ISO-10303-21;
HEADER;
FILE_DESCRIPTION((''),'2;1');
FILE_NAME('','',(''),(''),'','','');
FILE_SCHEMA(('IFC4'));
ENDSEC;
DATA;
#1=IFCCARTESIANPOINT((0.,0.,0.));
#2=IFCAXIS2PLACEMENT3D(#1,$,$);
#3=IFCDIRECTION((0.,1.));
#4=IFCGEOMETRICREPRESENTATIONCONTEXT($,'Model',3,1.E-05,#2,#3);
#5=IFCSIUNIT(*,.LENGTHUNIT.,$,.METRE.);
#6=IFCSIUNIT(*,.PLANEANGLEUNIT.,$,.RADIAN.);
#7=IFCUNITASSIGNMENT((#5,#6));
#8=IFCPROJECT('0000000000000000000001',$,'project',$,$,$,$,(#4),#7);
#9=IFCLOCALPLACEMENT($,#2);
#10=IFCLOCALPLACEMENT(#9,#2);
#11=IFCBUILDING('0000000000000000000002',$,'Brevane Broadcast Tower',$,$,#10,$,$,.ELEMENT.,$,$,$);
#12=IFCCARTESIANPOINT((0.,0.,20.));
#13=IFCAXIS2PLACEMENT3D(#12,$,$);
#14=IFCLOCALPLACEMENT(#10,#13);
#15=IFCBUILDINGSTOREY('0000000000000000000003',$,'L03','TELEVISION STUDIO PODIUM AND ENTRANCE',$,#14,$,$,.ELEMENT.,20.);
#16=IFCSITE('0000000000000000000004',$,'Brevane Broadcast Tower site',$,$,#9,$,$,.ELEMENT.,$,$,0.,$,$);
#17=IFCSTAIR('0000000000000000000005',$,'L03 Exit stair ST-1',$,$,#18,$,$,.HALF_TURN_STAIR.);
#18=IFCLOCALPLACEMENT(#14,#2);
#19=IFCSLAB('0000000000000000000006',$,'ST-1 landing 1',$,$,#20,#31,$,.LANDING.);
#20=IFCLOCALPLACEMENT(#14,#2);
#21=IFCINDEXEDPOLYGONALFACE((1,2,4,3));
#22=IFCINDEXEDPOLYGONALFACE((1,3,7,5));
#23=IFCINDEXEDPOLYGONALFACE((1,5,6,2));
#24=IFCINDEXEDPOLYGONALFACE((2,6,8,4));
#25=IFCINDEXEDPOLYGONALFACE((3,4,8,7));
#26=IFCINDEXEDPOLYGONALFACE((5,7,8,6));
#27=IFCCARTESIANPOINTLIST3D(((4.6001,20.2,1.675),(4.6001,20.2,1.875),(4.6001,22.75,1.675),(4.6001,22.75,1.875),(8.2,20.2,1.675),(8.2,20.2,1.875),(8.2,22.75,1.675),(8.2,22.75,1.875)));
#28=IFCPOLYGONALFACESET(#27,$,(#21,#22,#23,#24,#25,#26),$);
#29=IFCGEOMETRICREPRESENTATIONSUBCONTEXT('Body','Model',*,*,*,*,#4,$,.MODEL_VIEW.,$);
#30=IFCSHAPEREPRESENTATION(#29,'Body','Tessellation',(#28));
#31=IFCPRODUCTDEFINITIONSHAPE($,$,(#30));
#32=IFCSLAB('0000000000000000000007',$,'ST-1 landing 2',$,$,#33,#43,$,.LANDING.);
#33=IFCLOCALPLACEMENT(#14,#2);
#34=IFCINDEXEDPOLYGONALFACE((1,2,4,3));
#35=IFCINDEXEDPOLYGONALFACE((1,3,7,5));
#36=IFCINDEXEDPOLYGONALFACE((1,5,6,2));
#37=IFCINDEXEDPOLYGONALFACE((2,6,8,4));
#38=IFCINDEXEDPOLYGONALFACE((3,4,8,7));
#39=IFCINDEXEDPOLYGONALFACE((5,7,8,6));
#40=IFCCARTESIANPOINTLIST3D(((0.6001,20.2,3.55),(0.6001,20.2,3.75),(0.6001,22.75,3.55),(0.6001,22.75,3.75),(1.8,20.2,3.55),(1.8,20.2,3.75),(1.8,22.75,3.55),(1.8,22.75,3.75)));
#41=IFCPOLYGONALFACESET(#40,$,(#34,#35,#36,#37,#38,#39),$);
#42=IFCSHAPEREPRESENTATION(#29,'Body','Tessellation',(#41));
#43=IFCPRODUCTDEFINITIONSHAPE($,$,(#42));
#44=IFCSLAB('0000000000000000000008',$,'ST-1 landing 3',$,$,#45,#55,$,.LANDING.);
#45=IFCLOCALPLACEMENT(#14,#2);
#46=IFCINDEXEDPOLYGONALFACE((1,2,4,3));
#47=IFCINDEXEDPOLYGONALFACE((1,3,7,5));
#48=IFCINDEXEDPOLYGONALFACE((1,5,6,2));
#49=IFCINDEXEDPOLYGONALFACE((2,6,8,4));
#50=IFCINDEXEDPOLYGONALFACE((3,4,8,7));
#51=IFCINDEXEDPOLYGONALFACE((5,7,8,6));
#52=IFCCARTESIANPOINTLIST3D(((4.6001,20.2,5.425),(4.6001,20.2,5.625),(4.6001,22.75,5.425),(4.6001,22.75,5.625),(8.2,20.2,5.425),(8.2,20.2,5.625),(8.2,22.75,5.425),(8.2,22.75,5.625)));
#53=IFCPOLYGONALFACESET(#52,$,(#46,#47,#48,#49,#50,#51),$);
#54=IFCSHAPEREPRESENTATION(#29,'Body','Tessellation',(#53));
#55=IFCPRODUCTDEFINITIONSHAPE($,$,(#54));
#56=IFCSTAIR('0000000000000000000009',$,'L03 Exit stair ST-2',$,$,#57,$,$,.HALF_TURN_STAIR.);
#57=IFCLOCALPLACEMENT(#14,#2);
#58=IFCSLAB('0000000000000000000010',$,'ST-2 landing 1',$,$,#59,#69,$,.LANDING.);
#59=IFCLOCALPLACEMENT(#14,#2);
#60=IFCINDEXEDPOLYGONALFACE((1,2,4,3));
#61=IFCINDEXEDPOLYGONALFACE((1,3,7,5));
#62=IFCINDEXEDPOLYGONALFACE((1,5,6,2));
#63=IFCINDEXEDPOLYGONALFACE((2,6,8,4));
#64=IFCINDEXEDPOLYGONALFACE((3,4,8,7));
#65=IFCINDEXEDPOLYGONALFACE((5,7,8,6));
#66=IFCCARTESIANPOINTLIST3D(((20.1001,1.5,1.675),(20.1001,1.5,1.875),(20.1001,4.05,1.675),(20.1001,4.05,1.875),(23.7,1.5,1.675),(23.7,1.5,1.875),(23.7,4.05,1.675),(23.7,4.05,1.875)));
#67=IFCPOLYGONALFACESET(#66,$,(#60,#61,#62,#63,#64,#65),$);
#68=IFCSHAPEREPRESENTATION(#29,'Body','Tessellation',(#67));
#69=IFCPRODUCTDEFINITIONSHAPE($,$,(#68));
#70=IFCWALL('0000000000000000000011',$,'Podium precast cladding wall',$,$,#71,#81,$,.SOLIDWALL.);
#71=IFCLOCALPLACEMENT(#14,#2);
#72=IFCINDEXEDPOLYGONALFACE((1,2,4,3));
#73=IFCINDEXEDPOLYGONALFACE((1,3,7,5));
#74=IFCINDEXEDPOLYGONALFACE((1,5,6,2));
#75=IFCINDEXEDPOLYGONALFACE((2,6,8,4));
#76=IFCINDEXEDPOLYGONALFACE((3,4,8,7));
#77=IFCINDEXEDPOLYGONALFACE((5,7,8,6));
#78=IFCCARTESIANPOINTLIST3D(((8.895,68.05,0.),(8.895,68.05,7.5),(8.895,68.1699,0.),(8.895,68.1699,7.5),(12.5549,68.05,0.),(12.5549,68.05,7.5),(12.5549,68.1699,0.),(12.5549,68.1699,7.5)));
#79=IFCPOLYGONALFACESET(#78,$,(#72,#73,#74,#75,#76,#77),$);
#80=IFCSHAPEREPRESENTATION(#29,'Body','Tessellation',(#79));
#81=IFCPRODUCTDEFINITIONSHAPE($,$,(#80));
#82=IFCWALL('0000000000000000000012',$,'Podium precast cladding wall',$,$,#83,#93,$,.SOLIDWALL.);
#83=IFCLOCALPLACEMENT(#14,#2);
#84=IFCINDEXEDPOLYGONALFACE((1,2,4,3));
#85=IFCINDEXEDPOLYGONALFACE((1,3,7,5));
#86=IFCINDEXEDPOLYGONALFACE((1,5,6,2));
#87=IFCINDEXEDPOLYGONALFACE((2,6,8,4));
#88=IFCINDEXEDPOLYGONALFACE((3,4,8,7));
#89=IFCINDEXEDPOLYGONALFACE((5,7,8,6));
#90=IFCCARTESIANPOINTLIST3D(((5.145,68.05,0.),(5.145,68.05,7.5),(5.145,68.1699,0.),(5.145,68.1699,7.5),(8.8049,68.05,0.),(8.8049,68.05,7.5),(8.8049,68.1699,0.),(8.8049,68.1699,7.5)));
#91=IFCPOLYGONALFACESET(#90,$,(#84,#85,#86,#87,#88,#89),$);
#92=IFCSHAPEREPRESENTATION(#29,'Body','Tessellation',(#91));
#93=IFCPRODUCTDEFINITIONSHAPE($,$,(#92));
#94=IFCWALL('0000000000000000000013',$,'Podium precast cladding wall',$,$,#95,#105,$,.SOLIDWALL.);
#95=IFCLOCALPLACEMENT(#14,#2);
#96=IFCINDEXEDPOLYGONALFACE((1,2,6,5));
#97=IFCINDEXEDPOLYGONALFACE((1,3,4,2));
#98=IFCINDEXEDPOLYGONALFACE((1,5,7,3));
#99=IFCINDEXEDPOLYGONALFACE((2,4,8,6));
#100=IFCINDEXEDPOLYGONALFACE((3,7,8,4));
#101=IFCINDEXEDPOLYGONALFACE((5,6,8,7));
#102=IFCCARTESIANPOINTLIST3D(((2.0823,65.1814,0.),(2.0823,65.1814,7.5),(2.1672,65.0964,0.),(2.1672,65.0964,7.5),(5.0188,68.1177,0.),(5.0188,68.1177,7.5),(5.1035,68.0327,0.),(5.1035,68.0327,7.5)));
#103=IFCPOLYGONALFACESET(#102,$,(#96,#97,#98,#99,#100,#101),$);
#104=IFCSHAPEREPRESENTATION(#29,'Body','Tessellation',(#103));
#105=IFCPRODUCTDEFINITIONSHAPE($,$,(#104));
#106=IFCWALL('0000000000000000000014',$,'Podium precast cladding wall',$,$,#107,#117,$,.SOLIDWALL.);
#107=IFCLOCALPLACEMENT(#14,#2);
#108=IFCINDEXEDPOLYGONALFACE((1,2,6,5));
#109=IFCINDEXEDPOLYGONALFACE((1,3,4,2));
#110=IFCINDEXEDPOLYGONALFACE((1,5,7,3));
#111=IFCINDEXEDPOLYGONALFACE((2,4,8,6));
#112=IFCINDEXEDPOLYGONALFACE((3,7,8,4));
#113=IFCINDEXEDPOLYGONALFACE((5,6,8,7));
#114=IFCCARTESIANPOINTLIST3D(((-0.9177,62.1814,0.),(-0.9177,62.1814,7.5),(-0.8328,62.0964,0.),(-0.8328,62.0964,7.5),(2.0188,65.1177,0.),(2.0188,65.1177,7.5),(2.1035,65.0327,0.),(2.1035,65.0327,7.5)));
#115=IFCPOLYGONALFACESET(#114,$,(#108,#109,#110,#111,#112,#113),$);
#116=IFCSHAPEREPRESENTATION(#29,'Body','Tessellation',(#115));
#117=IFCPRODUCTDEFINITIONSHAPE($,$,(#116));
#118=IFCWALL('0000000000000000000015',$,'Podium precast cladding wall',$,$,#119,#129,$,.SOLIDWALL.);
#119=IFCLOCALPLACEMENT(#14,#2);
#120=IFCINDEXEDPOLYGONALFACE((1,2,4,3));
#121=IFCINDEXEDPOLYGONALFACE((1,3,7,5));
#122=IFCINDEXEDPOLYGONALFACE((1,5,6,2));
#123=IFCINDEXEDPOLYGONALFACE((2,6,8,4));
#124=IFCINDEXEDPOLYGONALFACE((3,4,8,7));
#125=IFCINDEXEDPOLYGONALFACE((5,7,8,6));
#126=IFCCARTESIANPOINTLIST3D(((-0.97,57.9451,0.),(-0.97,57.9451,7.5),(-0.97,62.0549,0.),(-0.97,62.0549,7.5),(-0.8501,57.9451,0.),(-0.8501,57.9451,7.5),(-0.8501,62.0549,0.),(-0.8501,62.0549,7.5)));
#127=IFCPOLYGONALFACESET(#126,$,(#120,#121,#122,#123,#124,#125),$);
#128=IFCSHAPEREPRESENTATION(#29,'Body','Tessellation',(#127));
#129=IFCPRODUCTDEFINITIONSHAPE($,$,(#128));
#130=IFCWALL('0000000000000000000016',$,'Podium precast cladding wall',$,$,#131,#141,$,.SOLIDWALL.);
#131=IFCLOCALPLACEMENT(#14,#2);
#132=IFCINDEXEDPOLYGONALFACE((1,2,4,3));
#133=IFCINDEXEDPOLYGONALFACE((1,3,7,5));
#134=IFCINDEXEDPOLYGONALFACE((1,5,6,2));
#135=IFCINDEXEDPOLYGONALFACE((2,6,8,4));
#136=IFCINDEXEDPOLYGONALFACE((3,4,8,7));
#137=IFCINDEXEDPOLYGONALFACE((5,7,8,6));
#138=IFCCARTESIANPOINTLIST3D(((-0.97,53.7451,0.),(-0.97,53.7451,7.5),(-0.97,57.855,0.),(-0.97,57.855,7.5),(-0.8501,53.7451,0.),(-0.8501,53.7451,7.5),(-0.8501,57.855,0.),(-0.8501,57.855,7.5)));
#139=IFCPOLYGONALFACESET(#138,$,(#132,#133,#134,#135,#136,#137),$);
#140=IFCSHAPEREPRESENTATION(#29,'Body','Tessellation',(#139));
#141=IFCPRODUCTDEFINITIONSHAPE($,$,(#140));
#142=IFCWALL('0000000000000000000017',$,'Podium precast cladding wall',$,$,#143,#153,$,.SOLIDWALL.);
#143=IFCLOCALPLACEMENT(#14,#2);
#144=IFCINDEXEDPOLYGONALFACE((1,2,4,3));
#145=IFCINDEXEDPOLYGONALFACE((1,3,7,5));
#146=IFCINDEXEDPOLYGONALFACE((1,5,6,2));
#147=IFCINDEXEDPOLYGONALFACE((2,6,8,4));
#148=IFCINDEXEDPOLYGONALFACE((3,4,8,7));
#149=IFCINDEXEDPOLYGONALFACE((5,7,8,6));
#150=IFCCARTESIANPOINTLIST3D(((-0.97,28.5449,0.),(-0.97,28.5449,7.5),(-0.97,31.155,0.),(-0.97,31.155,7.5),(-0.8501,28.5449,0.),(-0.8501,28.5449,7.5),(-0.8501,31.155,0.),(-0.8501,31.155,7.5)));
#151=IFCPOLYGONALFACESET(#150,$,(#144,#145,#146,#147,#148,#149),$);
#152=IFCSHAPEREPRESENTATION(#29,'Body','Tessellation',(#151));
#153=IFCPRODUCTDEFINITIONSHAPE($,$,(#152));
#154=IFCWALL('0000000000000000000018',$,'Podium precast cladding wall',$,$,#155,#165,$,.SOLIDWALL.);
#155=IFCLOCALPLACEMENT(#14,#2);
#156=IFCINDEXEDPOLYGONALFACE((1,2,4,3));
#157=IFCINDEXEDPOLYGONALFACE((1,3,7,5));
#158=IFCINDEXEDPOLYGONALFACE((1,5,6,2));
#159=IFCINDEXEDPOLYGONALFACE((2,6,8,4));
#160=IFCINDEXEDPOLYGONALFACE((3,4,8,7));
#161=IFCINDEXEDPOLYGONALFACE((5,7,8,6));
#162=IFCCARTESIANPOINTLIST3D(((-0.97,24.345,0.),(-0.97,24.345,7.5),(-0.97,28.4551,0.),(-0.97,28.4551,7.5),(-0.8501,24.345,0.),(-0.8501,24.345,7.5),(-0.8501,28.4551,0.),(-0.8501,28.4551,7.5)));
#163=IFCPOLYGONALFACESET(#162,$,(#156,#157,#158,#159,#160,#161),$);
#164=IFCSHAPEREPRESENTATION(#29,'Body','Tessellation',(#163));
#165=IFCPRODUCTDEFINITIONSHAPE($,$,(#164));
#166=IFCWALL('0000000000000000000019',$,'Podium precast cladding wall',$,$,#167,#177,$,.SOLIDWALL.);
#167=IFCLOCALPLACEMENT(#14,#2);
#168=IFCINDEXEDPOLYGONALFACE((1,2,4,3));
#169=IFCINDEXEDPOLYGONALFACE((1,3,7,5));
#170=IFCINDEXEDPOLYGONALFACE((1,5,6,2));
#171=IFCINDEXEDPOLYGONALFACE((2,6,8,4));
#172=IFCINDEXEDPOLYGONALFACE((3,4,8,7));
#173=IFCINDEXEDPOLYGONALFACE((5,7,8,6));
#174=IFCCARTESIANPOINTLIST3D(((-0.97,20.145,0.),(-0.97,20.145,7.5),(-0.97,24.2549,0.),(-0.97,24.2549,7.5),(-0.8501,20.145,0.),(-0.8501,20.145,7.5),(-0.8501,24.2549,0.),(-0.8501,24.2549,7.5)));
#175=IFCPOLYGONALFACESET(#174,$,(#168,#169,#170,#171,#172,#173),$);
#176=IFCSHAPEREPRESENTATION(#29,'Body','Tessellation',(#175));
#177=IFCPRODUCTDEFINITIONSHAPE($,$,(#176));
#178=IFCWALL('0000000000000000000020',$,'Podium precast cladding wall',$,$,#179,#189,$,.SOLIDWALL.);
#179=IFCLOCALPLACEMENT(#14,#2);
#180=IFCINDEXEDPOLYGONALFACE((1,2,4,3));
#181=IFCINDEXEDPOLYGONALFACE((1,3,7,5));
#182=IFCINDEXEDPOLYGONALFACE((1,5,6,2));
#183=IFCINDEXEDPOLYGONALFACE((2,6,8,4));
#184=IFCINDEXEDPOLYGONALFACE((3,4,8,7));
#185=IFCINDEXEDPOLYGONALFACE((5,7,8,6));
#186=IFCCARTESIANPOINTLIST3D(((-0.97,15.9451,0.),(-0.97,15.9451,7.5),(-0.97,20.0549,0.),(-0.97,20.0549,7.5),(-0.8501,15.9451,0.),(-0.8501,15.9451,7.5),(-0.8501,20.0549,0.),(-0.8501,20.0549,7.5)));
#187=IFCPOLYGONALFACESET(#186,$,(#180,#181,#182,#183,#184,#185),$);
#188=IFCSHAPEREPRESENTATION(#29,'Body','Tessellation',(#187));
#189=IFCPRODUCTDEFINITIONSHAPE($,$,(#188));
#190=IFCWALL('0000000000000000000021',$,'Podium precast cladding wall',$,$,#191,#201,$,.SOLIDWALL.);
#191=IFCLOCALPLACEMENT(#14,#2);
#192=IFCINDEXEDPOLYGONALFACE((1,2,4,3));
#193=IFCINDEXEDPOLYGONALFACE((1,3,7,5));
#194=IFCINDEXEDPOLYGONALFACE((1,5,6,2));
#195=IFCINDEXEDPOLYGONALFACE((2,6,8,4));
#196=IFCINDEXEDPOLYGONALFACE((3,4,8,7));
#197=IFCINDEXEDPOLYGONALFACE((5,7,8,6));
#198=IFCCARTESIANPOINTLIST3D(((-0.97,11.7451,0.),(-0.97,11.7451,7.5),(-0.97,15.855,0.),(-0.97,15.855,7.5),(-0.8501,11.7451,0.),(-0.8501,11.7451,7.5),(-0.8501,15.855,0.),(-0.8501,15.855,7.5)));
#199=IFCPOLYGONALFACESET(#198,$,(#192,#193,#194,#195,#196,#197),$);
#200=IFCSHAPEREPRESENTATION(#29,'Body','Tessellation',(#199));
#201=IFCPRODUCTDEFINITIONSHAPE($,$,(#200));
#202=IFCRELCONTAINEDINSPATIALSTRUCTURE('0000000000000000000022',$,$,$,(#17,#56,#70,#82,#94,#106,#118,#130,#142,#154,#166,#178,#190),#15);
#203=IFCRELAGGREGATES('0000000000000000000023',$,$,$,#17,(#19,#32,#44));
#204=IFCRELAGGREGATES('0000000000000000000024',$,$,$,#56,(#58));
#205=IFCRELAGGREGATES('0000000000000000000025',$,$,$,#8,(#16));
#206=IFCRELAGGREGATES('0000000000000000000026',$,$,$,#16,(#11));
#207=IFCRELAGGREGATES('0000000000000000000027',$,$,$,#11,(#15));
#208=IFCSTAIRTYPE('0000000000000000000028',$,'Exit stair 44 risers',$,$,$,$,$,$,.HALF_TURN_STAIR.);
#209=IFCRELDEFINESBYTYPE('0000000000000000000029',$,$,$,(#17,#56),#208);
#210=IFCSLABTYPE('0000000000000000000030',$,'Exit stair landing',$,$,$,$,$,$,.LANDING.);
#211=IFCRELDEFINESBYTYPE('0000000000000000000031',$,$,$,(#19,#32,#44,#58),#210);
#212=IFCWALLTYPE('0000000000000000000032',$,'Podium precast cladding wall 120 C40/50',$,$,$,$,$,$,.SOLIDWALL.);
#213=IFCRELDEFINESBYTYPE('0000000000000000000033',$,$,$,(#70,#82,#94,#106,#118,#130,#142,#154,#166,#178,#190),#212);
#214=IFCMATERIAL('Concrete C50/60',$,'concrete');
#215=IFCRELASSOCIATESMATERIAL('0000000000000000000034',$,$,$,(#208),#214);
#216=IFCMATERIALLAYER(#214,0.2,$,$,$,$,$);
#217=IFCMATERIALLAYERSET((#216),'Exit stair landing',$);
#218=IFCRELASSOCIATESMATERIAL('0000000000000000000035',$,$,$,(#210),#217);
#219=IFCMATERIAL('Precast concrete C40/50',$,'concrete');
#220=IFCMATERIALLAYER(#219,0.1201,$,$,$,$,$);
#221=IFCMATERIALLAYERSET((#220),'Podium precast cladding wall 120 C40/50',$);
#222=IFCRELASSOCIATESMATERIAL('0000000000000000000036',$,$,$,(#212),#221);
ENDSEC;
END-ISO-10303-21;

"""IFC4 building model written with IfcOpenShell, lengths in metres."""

from ifc_helpers import new_model, si_unit, direction, frame, origin, place, context, subcontext, project, spatial, polyline, outline, extrude, material, layer, layer_set, type_object, element, aggregate, save


model = new_model("IFC4")

# Units and contexts
model_context = context("Model", 3, precision=1e-05, world=origin(), true_north=direction((0.0, 1.0)))
body_context = subcontext(model_context, "Body", "Model", "MODEL_VIEW")
ifc_project = project(units=[si_unit("LENGTHUNIT", "METRE"), si_unit("PLANEANGLEUNIT", "RADIAN")], contexts=[model_context])

# Site, building, storey
site_placement = place(None, origin())
site = spatial("IfcSite", under=ifc_project, at=site_placement, Name="Brevane Broadcast Tower site", CompositionType="ELEMENT", RefElevation=0.0)
building_placement = place(site_placement, origin())
building = spatial("IfcBuilding", under=site, at=building_placement, Name="Brevane Broadcast Tower", CompositionType="ELEMENT")
storey_placement = place(building_placement, frame((0.0, 0.0, 20.0)))
storey = spatial("IfcBuildingStorey", under=building, at=storey_placement, Name="L03", Description="TELEVISION STUDIO PODIUM AND ENTRANCE", CompositionType="ELEMENT", Elevation=20.0)

# Stair, slabs
ifc_material_1 = material(Name="Concrete C50/60", Category="concrete")
stair_type = type_object("IfcStairType", Name="Exit stair 44 risers", PredefinedType="HALF_TURN_STAIR", material=ifc_material_1)
stair_1_placement = place(storey_placement, origin())
stair_1 = element("IfcStair", 1, at=stair_1_placement, inside=storey, type_object=stair_type, Name="L03 Exit stair ST-1", PredefinedType="HALF_TURN_STAIR")
ifc_layer_1 = layer(ifc_material_1, 0.2)
ifc_layer_set_1 = layer_set([ifc_layer_1], Name="Exit stair landing")
slab_type = type_object("IfcSlabType", Name="Exit stair landing", PredefinedType="LANDING", material=ifc_layer_set_1)
slab_1_placement = place(storey_placement, frame((0.0, 0.0, 1.675)))
slab_1 = element("IfcSlab", 2, at=slab_1_placement, type_object=slab_type, Name="ST-1 landing 1", PredefinedType="LANDING", context=body_context, shape_type="SweptSolid", body=[
    extrude(outline(polyline([(4.6001, 20.2), (8.2, 20.2), (8.2, 22.75), (4.6001, 22.75), (4.6001, 20.2)])), origin(), (0.0, 0.0, 1.0), 0.2),
])
slab_2_placement = place(storey_placement, frame((0.0, 0.0, 3.55)))
slab_2 = element("IfcSlab", 3, at=slab_2_placement, type_object=slab_type, Name="ST-1 landing 2", PredefinedType="LANDING", context=body_context, shape_type="SweptSolid", body=[
    extrude(outline(polyline([(0.6001, 20.2), (1.8, 20.2), (1.8, 22.75), (0.6001, 22.75), (0.6001, 20.2)])), origin(), (0.0, 0.0, 1.0), 0.2),
])
slab_3_placement = place(storey_placement, frame((0.0, 0.0, 5.425)))
slab_3 = element("IfcSlab", 4, at=slab_3_placement, type_object=slab_type, Name="ST-1 landing 3", PredefinedType="LANDING", context=body_context, shape_type="SweptSolid", body=[
    extrude(outline(polyline([(4.6001, 20.2), (8.2, 20.2), (8.2, 22.75), (4.6001, 22.75), (4.6001, 20.2)])), origin(), (0.0, 0.0, 1.0), 0.2),
])
aggregate(stair_1, [slab_1, slab_2, slab_3])

# Stair, slab
stair_2_placement = place(storey_placement, origin())
stair_2 = element("IfcStair", 5, at=stair_2_placement, inside=storey, type_object=stair_type, Name="L03 Exit stair ST-2", PredefinedType="HALF_TURN_STAIR")
slab_4_placement = place(storey_placement, frame((0.0, 0.0, 1.675)))
slab_4 = element("IfcSlab", 6, at=slab_4_placement, type_object=slab_type, Name="ST-2 landing 1", PredefinedType="LANDING", context=body_context, shape_type="SweptSolid", body=[
    extrude(outline(polyline([(20.1001, 1.5), (23.7, 1.5), (23.7, 4.05), (20.1001, 4.05), (20.1001, 1.5)])), origin(), (0.0, 0.0, 1.0), 0.2),
])
aggregate(stair_2, [slab_4])

# Walls
ifc_material_2 = material(Name="Precast concrete C40/50", Category="concrete")
ifc_layer_2 = layer(ifc_material_2, 0.1201)
ifc_layer_set_2 = layer_set([ifc_layer_2], Name="Podium precast cladding wall 120 C40/50")
wall_type = type_object("IfcWallType", Name="Podium precast cladding wall 120 C40/50", PredefinedType="SOLIDWALL", material=ifc_layer_set_2)
wall_1_placement = place(storey_placement, origin())
element("IfcWall", 7, at=wall_1_placement, inside=storey, type_object=wall_type, Name="Podium precast cladding wall", PredefinedType="SOLIDWALL", context=body_context, shape_type="SweptSolid", body=[
    extrude(outline(polyline([(8.895, 68.1699), (8.895, 68.05), (12.5549, 68.05), (12.5549, 68.1699), (8.895, 68.1699)])), origin(), (0.0, 0.0, 1.0), 7.5),
])
wall_2_placement = place(storey_placement, origin())
element("IfcWall", 8, at=wall_2_placement, inside=storey, type_object=wall_type, Name="Podium precast cladding wall", PredefinedType="SOLIDWALL", context=body_context, shape_type="SweptSolid", body=[
    extrude(outline(polyline([(5.145, 68.1699), (5.145, 68.05), (8.8049, 68.05), (8.8049, 68.1699), (5.145, 68.1699)])), origin(), (0.0, 0.0, 1.0), 7.5),
])
wall_3_placement = place(storey_placement, origin())
element("IfcWall", 9, at=wall_3_placement, inside=storey, type_object=wall_type, Name="Podium precast cladding wall", PredefinedType="SOLIDWALL", context=body_context, shape_type="SweptSolid", body=[
    extrude(outline(polyline([(5.1035, 68.0327), (2.1672, 65.0964), (2.0823, 65.1814), (5.0188, 68.1177), (5.1035, 68.0327)])), origin(), (0.0, 0.0, 1.0), 7.5),
])
wall_4_placement = place(storey_placement, origin())
element("IfcWall", 10, at=wall_4_placement, inside=storey, type_object=wall_type, Name="Podium precast cladding wall", PredefinedType="SOLIDWALL", context=body_context, shape_type="SweptSolid", body=[
    extrude(outline(polyline([(2.1035, 65.0327), (-0.8328, 62.0964), (-0.9177, 62.1814), (2.0188, 65.1177), (2.1035, 65.0327)])), origin(), (0.0, 0.0, 1.0), 7.5),
])
wall_5_placement = place(storey_placement, origin())
element("IfcWall", 11, at=wall_5_placement, inside=storey, type_object=wall_type, Name="Podium precast cladding wall", PredefinedType="SOLIDWALL", context=body_context, shape_type="SweptSolid", body=[
    extrude(outline(polyline([(-0.97, 57.9451), (-0.8501, 57.9451), (-0.8501, 62.0549), (-0.97, 62.0549), (-0.97, 57.9451)])), origin(), (0.0, 0.0, 1.0), 7.5),
])
wall_6_placement = place(storey_placement, origin())
element("IfcWall", 12, at=wall_6_placement, inside=storey, type_object=wall_type, Name="Podium precast cladding wall", PredefinedType="SOLIDWALL", context=body_context, shape_type="SweptSolid", body=[
    extrude(outline(polyline([(-0.97, 53.7451), (-0.8501, 53.7451), (-0.8501, 57.855), (-0.97, 57.855), (-0.97, 53.7451)])), origin(), (0.0, 0.0, 1.0), 7.5),
])
wall_7_placement = place(storey_placement, origin())
element("IfcWall", 13, at=wall_7_placement, inside=storey, type_object=wall_type, Name="Podium precast cladding wall", PredefinedType="SOLIDWALL", context=body_context, shape_type="SweptSolid", body=[
    extrude(outline(polyline([(-0.97, 28.5449), (-0.8501, 28.5449), (-0.8501, 31.155), (-0.97, 31.155), (-0.97, 28.5449)])), origin(), (0.0, 0.0, 1.0), 7.5),
])
wall_8_placement = place(storey_placement, origin())
element("IfcWall", 14, at=wall_8_placement, inside=storey, type_object=wall_type, Name="Podium precast cladding wall", PredefinedType="SOLIDWALL", context=body_context, shape_type="SweptSolid", body=[
    extrude(outline(polyline([(-0.97, 24.345), (-0.8501, 24.345), (-0.8501, 28.4551), (-0.97, 28.4551), (-0.97, 24.345)])), origin(), (0.0, 0.0, 1.0), 7.5),
])
wall_9_placement = place(storey_placement, origin())
element("IfcWall", 15, at=wall_9_placement, inside=storey, type_object=wall_type, Name="Podium precast cladding wall", PredefinedType="SOLIDWALL", context=body_context, shape_type="SweptSolid", body=[
    extrude(outline(polyline([(-0.97, 20.145), (-0.8501, 20.145), (-0.8501, 24.2549), (-0.97, 24.2549), (-0.97, 20.145)])), origin(), (0.0, 0.0, 1.0), 7.5),
])
wall_10_placement = place(storey_placement, origin())
element("IfcWall", 16, at=wall_10_placement, inside=storey, type_object=wall_type, Name="Podium precast cladding wall", PredefinedType="SOLIDWALL", context=body_context, shape_type="SweptSolid", body=[
    extrude(outline(polyline([(-0.97, 15.9451), (-0.8501, 15.9451), (-0.8501, 20.0549), (-0.97, 20.0549), (-0.97, 15.9451)])), origin(), (0.0, 0.0, 1.0), 7.5),
])
wall_11_placement = place(storey_placement, origin())
element("IfcWall", 17, at=wall_11_placement, inside=storey, type_object=wall_type, Name="Podium precast cladding wall", PredefinedType="SOLIDWALL", context=body_context, shape_type="SweptSolid", body=[
    extrude(outline(polyline([(-0.97, 11.7451), (-0.8501, 11.7451), (-0.8501, 15.855), (-0.97, 15.855), (-0.97, 11.7451)])), origin(), (0.0, 0.0, 1.0), 7.5),
])

save(model, "model.ifc")
